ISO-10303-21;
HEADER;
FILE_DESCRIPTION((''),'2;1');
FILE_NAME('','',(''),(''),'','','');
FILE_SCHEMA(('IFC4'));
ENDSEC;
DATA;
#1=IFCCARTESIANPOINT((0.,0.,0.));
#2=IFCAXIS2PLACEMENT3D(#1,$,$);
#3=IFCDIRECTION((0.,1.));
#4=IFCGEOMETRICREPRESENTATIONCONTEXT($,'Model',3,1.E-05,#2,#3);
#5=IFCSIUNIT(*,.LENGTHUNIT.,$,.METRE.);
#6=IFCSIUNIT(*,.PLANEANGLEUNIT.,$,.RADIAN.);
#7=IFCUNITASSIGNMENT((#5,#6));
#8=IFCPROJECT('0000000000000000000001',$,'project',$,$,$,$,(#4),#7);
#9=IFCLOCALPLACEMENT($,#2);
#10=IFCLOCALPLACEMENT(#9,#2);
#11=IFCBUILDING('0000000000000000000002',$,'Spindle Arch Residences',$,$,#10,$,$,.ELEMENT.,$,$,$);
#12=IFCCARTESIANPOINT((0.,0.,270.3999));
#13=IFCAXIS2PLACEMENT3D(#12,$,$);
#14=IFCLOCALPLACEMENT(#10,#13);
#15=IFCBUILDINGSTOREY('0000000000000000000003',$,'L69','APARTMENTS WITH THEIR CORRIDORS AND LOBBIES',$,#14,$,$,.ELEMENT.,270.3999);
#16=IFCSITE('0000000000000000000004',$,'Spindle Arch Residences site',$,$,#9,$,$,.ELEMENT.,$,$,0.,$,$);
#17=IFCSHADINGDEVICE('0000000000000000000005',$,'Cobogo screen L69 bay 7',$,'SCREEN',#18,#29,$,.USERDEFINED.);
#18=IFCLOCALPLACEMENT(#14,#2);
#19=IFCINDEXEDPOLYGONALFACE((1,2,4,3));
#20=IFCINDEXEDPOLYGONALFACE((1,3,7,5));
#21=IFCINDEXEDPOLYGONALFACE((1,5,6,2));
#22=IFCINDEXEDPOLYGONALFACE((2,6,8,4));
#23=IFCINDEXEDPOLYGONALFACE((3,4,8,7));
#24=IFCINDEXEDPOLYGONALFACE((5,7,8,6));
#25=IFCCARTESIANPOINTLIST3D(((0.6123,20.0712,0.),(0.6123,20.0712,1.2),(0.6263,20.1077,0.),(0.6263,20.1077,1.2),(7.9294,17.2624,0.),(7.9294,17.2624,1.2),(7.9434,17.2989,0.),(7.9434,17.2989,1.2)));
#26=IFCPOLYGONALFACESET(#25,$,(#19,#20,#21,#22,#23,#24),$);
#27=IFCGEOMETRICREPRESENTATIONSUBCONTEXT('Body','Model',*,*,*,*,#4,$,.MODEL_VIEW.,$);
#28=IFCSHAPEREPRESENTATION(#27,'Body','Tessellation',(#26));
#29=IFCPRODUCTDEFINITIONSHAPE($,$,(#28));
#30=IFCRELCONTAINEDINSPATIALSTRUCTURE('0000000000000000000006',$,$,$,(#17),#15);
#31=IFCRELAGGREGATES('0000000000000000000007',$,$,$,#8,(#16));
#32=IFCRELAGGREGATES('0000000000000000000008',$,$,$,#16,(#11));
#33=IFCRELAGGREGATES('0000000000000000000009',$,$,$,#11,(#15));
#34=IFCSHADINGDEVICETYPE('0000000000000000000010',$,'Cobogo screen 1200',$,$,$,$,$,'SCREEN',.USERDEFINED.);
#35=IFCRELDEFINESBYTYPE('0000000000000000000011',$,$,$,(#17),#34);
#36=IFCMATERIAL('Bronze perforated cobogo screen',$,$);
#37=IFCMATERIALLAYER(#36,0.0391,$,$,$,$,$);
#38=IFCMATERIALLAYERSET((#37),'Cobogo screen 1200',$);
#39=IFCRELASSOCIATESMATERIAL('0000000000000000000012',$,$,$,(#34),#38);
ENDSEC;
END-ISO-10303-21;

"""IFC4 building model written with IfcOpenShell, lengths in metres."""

from ifc_helpers import new_model, si_unit, direction, frame, origin, origin_2d, place, context, subcontext, project, spatial, rectangle, extrude, material, layer, layer_set, type_object, element, save


model = new_model("IFC4")

# Units and contexts
model_context = context("Model", 3, precision=1e-05, world=origin(), true_north=direction((0.0, 1.0)))
body_context = subcontext(model_context, "Body", "Model", "MODEL_VIEW")
ifc_project = project(units=[si_unit("LENGTHUNIT", "METRE"), si_unit("PLANEANGLEUNIT", "RADIAN")], contexts=[model_context])

# Site, building, storey
site_placement = place(None, origin())
site = spatial("IfcSite", under=ifc_project, at=site_placement, Name="Spindle Arch Residences site", CompositionType="ELEMENT", RefElevation=0.0)
building_placement = place(site_placement, origin())
building = spatial("IfcBuilding", under=site, at=building_placement, Name="Spindle Arch Residences", CompositionType="ELEMENT")
storey_placement = place(building_placement, frame((0.0, 0.0, 270.3999)))
storey = spatial("IfcBuildingStorey", under=building, at=storey_placement, Name="L69", Description="APARTMENTS WITH THEIR CORRIDORS AND LOBBIES", CompositionType="ELEMENT", Elevation=270.3999)

# Shading device
ifc_material_1 = material(Name="Bronze perforated cobogo screen")
ifc_layer_1 = layer(ifc_material_1, 0.0391)
ifc_layer_set_1 = layer_set([ifc_layer_1], Name="Cobogo screen 1200")
shading_device_type = type_object("IfcShadingDeviceType", Name="Cobogo screen 1200", ElementType="SCREEN", PredefinedType="USERDEFINED", material=ifc_layer_set_1)
shading_device_placement = place(storey_placement, frame((4.2778, 18.6851, 0.0), z_axis=(0.0, 0.0, 1.0), x_axis=(-0.93358, 0.358368, 0.0)))
element("IfcShadingDevice", 1, at=shading_device_placement, inside=storey, type_object=shading_device_type, Name="Cobogo screen L69 bay 7", ObjectType="SCREEN", PredefinedType="USERDEFINED", context=body_context, shape_type="SweptSolid", body=[
    extrude(rectangle(XDim=7.8376, YDim=0.0391, at=origin_2d()), origin(), (0.0, 0.0, 1.0), 1.2),
])

save(model, "model.ifc")
